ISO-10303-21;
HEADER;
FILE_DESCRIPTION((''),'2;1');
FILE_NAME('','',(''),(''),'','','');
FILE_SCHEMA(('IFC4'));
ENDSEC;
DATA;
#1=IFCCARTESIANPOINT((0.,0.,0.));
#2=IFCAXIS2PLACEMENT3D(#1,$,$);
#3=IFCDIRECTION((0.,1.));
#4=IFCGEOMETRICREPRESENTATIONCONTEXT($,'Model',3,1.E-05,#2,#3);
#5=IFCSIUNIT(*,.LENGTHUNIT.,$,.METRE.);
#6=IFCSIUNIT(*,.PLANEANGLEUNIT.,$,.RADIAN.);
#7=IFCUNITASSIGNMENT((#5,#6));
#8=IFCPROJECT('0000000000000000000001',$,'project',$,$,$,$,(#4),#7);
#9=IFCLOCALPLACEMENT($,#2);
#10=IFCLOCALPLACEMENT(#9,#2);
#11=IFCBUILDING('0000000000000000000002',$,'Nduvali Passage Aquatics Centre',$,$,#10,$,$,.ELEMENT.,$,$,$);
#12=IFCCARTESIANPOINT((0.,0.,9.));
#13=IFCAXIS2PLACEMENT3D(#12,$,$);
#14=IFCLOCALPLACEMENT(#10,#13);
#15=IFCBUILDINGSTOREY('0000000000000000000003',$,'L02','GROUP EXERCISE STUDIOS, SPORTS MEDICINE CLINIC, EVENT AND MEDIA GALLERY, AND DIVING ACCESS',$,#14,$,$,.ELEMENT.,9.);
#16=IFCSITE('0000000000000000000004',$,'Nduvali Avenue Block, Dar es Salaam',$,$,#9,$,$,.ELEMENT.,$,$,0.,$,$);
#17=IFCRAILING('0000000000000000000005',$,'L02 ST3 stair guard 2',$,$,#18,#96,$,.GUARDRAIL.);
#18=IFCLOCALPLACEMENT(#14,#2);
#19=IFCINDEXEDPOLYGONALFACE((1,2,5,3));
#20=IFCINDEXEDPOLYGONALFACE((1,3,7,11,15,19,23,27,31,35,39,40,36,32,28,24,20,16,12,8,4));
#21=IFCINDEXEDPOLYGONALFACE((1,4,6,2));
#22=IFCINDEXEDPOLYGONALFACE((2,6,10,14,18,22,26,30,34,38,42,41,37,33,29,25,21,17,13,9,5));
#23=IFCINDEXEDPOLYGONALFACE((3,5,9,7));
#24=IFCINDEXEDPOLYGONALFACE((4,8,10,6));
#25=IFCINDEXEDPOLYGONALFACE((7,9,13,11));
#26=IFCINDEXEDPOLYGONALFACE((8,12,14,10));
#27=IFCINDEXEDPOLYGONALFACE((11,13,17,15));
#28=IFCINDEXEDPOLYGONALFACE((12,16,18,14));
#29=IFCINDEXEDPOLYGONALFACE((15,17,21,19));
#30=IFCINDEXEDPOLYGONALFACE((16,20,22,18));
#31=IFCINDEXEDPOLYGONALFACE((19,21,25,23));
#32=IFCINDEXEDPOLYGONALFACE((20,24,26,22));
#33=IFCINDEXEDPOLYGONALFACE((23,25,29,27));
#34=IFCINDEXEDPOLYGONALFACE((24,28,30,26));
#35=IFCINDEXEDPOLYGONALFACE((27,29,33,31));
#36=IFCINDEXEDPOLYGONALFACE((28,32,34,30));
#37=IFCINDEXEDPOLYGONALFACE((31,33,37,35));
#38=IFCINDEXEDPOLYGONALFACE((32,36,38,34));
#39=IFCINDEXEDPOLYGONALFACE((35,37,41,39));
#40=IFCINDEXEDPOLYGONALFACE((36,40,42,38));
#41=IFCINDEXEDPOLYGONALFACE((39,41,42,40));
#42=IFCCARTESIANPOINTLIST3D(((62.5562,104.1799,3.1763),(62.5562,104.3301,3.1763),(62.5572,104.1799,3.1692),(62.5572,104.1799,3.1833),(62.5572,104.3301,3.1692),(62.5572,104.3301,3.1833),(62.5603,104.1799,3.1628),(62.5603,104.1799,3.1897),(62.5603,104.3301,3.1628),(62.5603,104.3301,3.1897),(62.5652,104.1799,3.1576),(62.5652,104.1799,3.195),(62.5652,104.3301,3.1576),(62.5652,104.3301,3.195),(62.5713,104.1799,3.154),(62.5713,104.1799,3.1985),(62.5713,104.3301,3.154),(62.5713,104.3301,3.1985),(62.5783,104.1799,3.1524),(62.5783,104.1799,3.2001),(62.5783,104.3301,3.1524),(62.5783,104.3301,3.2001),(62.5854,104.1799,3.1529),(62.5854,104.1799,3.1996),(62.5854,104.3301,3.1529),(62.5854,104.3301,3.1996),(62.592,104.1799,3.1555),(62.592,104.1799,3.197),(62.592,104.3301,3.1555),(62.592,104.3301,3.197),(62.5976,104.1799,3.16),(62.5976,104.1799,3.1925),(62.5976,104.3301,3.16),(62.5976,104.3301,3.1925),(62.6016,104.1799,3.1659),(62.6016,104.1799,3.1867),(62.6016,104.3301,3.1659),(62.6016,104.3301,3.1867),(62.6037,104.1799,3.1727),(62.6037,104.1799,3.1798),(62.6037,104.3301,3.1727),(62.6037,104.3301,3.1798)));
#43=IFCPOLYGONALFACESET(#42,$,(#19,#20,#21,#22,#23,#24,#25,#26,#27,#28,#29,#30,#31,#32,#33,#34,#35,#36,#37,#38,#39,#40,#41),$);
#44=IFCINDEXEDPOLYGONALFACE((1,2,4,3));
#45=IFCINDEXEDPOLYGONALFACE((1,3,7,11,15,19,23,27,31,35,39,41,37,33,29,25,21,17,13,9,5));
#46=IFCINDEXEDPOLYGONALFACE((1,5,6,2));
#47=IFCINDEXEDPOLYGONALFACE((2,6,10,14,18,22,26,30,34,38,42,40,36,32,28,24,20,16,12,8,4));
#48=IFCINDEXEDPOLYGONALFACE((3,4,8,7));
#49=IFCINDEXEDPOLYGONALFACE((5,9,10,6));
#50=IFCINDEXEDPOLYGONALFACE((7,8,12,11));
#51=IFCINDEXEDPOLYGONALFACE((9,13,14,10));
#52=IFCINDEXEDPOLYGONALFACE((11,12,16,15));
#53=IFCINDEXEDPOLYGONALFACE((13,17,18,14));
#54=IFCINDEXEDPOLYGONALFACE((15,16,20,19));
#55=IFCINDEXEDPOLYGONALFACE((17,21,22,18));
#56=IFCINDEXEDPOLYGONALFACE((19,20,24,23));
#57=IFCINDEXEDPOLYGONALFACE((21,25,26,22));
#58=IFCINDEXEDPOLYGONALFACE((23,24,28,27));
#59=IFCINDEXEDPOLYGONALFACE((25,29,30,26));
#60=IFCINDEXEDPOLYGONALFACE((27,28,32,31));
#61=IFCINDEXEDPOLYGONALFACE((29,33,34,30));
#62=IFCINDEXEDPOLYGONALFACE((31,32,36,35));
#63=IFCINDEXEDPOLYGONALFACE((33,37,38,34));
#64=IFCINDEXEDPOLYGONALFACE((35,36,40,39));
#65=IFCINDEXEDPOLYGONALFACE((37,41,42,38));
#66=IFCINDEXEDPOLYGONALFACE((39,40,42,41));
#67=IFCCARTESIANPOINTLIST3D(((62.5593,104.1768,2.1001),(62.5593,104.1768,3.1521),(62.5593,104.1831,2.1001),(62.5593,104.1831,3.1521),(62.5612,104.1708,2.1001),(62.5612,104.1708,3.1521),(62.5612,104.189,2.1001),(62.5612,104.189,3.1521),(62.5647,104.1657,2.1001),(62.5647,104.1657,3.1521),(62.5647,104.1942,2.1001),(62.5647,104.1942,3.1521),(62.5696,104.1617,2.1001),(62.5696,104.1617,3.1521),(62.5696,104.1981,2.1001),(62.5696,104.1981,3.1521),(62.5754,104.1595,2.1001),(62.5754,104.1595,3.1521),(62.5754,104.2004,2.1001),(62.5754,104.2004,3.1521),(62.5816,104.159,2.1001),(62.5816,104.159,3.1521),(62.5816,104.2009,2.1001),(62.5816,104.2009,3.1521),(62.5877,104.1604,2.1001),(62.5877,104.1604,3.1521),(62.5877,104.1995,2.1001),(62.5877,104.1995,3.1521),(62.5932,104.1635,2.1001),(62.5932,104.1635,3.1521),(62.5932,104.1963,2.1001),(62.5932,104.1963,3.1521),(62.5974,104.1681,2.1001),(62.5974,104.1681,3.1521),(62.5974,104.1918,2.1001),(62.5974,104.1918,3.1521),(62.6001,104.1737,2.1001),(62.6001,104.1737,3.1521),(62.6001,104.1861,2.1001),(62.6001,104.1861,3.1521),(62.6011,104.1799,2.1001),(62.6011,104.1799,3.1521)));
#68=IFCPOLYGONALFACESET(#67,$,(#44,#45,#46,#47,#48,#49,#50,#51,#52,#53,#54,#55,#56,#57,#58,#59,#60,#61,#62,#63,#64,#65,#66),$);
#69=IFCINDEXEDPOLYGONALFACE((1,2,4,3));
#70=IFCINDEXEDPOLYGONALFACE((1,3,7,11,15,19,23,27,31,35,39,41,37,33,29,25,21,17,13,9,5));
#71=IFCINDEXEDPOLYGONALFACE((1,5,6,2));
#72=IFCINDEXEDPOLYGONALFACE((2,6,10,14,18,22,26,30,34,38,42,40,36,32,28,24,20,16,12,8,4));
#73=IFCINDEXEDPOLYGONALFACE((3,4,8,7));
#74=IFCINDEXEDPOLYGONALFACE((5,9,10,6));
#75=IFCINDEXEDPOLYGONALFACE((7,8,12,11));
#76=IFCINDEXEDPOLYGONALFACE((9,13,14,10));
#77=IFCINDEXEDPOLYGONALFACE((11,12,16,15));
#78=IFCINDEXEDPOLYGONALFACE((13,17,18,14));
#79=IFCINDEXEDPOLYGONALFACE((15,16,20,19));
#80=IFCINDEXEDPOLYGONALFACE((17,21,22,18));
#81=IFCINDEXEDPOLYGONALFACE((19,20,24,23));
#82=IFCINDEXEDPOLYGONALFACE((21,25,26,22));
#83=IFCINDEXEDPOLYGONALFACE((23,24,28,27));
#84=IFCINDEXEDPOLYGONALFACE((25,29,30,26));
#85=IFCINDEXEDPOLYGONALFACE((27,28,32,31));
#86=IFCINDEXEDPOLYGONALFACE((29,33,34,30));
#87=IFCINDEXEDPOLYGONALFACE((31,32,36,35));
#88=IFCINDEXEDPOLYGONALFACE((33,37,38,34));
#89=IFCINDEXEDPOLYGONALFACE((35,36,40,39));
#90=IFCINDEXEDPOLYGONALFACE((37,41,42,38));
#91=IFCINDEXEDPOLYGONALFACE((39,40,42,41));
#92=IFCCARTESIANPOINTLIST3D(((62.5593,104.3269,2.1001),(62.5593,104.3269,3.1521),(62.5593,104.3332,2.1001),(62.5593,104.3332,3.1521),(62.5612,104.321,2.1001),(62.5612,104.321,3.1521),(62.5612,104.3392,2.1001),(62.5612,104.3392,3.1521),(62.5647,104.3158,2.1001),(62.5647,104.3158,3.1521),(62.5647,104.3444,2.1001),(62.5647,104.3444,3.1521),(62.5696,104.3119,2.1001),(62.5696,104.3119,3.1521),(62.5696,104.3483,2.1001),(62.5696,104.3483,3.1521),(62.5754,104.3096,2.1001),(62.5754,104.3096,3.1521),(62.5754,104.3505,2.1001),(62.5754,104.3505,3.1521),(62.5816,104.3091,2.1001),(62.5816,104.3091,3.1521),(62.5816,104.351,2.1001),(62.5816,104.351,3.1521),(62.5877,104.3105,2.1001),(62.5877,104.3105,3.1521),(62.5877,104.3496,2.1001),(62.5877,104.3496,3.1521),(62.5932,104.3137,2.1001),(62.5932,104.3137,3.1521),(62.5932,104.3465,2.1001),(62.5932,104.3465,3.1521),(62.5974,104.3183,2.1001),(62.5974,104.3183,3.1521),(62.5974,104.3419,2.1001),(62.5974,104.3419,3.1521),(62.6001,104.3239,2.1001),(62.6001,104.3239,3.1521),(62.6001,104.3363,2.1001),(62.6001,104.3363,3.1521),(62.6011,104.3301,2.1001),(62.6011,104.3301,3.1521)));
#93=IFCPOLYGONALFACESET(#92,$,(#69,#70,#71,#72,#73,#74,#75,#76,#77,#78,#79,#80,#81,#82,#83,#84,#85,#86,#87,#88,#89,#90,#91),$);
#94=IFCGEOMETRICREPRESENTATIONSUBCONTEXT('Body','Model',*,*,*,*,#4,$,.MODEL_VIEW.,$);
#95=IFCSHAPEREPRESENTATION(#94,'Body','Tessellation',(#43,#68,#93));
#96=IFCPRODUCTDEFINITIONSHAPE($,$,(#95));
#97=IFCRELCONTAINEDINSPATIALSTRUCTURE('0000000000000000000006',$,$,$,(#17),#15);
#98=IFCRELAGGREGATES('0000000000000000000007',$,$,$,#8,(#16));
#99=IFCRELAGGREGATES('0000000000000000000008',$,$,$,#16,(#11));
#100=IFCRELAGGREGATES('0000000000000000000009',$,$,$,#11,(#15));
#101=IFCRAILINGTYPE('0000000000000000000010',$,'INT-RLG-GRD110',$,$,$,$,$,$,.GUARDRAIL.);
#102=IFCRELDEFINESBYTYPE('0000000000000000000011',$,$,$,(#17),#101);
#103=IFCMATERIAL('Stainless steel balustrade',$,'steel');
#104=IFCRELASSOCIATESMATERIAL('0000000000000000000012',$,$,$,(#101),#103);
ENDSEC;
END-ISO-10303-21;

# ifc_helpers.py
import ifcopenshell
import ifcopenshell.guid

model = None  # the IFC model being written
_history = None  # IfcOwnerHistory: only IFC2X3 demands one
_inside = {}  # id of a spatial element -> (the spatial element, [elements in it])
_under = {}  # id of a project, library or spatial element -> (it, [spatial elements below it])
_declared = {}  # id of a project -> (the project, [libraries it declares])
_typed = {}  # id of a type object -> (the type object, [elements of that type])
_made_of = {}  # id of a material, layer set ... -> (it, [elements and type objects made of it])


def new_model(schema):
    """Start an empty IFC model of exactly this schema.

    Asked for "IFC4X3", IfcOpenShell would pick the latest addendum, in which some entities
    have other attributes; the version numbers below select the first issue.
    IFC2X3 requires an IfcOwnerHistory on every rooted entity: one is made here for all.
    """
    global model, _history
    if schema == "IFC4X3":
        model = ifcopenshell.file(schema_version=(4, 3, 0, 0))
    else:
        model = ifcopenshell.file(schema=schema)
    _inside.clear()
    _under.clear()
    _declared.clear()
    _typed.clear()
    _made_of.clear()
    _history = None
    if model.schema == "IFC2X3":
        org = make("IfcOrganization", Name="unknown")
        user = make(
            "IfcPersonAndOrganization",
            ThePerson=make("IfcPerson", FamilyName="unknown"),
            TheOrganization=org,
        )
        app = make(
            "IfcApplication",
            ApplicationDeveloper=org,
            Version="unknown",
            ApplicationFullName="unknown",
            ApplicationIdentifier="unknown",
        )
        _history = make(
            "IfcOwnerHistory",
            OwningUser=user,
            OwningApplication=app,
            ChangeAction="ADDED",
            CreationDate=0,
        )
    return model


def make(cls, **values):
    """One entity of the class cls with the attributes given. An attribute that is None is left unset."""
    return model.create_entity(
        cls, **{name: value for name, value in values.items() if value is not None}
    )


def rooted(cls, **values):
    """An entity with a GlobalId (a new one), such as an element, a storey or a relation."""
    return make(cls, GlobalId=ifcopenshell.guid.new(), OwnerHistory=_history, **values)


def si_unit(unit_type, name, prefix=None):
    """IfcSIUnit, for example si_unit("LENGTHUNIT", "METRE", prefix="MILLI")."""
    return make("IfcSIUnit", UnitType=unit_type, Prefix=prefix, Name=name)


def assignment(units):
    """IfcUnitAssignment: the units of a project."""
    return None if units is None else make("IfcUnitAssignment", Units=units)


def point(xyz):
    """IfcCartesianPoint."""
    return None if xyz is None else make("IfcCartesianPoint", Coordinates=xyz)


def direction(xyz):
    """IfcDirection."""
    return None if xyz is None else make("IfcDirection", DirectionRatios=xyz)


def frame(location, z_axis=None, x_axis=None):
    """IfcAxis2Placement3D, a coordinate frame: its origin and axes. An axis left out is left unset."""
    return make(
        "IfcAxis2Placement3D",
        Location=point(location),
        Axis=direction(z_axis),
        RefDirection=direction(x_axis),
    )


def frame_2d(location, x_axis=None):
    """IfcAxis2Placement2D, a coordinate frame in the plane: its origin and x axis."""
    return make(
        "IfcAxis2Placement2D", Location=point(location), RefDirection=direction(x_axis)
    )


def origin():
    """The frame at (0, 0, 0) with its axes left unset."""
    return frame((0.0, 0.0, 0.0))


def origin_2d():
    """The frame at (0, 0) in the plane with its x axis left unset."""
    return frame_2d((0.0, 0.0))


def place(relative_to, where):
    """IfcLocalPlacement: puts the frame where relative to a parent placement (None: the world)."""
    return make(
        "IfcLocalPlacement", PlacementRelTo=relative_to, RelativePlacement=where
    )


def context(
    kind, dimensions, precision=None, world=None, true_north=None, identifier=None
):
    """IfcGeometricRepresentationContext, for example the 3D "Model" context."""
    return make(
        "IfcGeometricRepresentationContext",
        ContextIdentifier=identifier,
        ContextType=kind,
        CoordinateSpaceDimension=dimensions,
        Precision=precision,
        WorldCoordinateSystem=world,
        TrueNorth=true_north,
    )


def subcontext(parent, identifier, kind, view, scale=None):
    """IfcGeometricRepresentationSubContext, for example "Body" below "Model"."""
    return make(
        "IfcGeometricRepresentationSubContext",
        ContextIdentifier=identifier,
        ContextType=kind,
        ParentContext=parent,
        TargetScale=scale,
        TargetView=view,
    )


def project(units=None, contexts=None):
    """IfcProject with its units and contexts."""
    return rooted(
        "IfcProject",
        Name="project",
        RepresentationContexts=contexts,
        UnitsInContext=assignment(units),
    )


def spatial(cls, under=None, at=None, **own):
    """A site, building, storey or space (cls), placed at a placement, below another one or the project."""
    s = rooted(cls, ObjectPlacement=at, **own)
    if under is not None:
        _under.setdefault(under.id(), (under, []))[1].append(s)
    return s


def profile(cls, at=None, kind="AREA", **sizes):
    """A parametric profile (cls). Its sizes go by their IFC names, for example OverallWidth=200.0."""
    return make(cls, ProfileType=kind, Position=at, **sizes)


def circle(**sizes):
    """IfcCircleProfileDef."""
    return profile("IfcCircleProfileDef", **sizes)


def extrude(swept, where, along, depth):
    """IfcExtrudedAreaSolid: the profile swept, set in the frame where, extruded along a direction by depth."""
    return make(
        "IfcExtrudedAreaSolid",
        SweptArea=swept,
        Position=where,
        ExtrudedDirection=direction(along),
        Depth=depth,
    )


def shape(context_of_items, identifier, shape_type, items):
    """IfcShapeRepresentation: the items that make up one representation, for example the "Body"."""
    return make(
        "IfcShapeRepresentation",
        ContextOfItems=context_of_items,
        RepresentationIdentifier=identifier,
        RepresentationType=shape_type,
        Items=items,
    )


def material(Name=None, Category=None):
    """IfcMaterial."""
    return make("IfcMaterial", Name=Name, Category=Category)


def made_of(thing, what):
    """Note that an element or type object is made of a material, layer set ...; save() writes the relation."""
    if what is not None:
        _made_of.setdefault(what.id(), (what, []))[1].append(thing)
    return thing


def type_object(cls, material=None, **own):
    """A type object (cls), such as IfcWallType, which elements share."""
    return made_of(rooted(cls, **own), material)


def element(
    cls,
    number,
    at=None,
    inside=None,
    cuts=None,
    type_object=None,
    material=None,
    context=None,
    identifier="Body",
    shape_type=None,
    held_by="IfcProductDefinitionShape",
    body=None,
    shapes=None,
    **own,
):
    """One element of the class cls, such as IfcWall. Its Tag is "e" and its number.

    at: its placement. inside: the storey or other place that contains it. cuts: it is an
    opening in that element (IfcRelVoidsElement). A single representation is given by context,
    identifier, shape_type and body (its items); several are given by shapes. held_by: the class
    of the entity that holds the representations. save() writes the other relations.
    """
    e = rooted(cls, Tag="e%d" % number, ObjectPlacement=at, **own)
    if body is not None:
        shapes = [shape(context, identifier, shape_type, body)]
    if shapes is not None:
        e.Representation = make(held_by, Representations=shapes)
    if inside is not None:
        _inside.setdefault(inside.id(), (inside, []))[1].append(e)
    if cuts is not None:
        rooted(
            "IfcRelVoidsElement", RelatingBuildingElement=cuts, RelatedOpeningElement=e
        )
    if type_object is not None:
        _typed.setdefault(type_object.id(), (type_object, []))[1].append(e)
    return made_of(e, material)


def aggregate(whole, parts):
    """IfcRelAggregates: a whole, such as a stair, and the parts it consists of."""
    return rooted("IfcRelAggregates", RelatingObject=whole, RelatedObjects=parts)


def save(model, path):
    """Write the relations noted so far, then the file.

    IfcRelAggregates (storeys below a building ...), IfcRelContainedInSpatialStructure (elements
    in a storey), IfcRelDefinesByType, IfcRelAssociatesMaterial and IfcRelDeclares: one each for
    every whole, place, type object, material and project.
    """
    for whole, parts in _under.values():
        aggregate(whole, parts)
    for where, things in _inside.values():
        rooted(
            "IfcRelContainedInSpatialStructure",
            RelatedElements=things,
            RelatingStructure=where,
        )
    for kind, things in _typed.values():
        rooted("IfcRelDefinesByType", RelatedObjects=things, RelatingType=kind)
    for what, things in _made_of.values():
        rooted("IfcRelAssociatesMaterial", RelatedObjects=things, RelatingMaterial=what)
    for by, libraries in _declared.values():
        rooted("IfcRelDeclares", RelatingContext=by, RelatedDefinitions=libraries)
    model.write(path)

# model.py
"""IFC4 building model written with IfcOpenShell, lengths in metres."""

from ifc_helpers import new_model, si_unit, direction, frame, origin, origin_2d, place, context, subcontext, project, spatial, circle, extrude, material, type_object, element, save


model = new_model("IFC4")

# Units and contexts
model_context = context("Model", 3, precision=1e-05, world=origin(), true_north=direction((0.0, 1.0)))
body_context = subcontext(model_context, "Body", "Model", "MODEL_VIEW")
ifc_project = project(units=[si_unit("LENGTHUNIT", "METRE"), si_unit("PLANEANGLEUNIT", "RADIAN")], contexts=[model_context])

# Site, building, storey
site_placement = place(None, origin())
site = spatial("IfcSite", under=ifc_project, at=site_placement, Name="Nduvali Avenue Block, Dar es Salaam", CompositionType="ELEMENT", RefElevation=0.0)
building_placement = place(site_placement, origin())
building = spatial("IfcBuilding", under=site, at=building_placement, Name="Nduvali Passage Aquatics Centre", CompositionType="ELEMENT")
storey_placement = place(building_placement, frame((0.0, 0.0, 9.0)))
storey = spatial("IfcBuildingStorey", under=building, at=storey_placement, Name="L02", Description="GROUP EXERCISE STUDIOS, SPORTS MEDICINE CLINIC, EVENT AND MEDIA GALLERY, AND DIVING ACCESS", CompositionType="ELEMENT", Elevation=9.0)

# Railing
ifc_material_1 = material(Name="Stainless steel balustrade", Category="steel")
railing_type_1 = type_object("IfcRailingType", Name="INT-RLG-GRD110", PredefinedType="GUARDRAIL", material=ifc_material_1)
railing_1_placement = place(storey_placement, frame((62.5801, 104.1799, 2.1001)))
element("IfcRailing", 1, at=railing_1_placement, inside=storey, type_object=railing_type_1, Name="L02 ST3 stair guard 2", PredefinedType="GUARDRAIL", context=body_context, shape_type="SweptSolid", body=[
    extrude(circle(Radius=0.0239, at=origin_2d()), frame((0.0, 0.0, 1.0762), z_axis=(0.0, 1.0, 0.0), x_axis=(-1.0, 0.0, 0.0)), (0.0, 0.0, 1.0), 0.1501),
    extrude(circle(Radius=0.021, at=origin_2d()), origin(), (0.0, 0.0, 1.0), 1.052),
    extrude(circle(Radius=0.021, at=origin_2d()), frame((0.0, 0.1501, 0.0)), (0.0, 0.0, 1.0), 1.052),
])

save(model, "model.ifc")
